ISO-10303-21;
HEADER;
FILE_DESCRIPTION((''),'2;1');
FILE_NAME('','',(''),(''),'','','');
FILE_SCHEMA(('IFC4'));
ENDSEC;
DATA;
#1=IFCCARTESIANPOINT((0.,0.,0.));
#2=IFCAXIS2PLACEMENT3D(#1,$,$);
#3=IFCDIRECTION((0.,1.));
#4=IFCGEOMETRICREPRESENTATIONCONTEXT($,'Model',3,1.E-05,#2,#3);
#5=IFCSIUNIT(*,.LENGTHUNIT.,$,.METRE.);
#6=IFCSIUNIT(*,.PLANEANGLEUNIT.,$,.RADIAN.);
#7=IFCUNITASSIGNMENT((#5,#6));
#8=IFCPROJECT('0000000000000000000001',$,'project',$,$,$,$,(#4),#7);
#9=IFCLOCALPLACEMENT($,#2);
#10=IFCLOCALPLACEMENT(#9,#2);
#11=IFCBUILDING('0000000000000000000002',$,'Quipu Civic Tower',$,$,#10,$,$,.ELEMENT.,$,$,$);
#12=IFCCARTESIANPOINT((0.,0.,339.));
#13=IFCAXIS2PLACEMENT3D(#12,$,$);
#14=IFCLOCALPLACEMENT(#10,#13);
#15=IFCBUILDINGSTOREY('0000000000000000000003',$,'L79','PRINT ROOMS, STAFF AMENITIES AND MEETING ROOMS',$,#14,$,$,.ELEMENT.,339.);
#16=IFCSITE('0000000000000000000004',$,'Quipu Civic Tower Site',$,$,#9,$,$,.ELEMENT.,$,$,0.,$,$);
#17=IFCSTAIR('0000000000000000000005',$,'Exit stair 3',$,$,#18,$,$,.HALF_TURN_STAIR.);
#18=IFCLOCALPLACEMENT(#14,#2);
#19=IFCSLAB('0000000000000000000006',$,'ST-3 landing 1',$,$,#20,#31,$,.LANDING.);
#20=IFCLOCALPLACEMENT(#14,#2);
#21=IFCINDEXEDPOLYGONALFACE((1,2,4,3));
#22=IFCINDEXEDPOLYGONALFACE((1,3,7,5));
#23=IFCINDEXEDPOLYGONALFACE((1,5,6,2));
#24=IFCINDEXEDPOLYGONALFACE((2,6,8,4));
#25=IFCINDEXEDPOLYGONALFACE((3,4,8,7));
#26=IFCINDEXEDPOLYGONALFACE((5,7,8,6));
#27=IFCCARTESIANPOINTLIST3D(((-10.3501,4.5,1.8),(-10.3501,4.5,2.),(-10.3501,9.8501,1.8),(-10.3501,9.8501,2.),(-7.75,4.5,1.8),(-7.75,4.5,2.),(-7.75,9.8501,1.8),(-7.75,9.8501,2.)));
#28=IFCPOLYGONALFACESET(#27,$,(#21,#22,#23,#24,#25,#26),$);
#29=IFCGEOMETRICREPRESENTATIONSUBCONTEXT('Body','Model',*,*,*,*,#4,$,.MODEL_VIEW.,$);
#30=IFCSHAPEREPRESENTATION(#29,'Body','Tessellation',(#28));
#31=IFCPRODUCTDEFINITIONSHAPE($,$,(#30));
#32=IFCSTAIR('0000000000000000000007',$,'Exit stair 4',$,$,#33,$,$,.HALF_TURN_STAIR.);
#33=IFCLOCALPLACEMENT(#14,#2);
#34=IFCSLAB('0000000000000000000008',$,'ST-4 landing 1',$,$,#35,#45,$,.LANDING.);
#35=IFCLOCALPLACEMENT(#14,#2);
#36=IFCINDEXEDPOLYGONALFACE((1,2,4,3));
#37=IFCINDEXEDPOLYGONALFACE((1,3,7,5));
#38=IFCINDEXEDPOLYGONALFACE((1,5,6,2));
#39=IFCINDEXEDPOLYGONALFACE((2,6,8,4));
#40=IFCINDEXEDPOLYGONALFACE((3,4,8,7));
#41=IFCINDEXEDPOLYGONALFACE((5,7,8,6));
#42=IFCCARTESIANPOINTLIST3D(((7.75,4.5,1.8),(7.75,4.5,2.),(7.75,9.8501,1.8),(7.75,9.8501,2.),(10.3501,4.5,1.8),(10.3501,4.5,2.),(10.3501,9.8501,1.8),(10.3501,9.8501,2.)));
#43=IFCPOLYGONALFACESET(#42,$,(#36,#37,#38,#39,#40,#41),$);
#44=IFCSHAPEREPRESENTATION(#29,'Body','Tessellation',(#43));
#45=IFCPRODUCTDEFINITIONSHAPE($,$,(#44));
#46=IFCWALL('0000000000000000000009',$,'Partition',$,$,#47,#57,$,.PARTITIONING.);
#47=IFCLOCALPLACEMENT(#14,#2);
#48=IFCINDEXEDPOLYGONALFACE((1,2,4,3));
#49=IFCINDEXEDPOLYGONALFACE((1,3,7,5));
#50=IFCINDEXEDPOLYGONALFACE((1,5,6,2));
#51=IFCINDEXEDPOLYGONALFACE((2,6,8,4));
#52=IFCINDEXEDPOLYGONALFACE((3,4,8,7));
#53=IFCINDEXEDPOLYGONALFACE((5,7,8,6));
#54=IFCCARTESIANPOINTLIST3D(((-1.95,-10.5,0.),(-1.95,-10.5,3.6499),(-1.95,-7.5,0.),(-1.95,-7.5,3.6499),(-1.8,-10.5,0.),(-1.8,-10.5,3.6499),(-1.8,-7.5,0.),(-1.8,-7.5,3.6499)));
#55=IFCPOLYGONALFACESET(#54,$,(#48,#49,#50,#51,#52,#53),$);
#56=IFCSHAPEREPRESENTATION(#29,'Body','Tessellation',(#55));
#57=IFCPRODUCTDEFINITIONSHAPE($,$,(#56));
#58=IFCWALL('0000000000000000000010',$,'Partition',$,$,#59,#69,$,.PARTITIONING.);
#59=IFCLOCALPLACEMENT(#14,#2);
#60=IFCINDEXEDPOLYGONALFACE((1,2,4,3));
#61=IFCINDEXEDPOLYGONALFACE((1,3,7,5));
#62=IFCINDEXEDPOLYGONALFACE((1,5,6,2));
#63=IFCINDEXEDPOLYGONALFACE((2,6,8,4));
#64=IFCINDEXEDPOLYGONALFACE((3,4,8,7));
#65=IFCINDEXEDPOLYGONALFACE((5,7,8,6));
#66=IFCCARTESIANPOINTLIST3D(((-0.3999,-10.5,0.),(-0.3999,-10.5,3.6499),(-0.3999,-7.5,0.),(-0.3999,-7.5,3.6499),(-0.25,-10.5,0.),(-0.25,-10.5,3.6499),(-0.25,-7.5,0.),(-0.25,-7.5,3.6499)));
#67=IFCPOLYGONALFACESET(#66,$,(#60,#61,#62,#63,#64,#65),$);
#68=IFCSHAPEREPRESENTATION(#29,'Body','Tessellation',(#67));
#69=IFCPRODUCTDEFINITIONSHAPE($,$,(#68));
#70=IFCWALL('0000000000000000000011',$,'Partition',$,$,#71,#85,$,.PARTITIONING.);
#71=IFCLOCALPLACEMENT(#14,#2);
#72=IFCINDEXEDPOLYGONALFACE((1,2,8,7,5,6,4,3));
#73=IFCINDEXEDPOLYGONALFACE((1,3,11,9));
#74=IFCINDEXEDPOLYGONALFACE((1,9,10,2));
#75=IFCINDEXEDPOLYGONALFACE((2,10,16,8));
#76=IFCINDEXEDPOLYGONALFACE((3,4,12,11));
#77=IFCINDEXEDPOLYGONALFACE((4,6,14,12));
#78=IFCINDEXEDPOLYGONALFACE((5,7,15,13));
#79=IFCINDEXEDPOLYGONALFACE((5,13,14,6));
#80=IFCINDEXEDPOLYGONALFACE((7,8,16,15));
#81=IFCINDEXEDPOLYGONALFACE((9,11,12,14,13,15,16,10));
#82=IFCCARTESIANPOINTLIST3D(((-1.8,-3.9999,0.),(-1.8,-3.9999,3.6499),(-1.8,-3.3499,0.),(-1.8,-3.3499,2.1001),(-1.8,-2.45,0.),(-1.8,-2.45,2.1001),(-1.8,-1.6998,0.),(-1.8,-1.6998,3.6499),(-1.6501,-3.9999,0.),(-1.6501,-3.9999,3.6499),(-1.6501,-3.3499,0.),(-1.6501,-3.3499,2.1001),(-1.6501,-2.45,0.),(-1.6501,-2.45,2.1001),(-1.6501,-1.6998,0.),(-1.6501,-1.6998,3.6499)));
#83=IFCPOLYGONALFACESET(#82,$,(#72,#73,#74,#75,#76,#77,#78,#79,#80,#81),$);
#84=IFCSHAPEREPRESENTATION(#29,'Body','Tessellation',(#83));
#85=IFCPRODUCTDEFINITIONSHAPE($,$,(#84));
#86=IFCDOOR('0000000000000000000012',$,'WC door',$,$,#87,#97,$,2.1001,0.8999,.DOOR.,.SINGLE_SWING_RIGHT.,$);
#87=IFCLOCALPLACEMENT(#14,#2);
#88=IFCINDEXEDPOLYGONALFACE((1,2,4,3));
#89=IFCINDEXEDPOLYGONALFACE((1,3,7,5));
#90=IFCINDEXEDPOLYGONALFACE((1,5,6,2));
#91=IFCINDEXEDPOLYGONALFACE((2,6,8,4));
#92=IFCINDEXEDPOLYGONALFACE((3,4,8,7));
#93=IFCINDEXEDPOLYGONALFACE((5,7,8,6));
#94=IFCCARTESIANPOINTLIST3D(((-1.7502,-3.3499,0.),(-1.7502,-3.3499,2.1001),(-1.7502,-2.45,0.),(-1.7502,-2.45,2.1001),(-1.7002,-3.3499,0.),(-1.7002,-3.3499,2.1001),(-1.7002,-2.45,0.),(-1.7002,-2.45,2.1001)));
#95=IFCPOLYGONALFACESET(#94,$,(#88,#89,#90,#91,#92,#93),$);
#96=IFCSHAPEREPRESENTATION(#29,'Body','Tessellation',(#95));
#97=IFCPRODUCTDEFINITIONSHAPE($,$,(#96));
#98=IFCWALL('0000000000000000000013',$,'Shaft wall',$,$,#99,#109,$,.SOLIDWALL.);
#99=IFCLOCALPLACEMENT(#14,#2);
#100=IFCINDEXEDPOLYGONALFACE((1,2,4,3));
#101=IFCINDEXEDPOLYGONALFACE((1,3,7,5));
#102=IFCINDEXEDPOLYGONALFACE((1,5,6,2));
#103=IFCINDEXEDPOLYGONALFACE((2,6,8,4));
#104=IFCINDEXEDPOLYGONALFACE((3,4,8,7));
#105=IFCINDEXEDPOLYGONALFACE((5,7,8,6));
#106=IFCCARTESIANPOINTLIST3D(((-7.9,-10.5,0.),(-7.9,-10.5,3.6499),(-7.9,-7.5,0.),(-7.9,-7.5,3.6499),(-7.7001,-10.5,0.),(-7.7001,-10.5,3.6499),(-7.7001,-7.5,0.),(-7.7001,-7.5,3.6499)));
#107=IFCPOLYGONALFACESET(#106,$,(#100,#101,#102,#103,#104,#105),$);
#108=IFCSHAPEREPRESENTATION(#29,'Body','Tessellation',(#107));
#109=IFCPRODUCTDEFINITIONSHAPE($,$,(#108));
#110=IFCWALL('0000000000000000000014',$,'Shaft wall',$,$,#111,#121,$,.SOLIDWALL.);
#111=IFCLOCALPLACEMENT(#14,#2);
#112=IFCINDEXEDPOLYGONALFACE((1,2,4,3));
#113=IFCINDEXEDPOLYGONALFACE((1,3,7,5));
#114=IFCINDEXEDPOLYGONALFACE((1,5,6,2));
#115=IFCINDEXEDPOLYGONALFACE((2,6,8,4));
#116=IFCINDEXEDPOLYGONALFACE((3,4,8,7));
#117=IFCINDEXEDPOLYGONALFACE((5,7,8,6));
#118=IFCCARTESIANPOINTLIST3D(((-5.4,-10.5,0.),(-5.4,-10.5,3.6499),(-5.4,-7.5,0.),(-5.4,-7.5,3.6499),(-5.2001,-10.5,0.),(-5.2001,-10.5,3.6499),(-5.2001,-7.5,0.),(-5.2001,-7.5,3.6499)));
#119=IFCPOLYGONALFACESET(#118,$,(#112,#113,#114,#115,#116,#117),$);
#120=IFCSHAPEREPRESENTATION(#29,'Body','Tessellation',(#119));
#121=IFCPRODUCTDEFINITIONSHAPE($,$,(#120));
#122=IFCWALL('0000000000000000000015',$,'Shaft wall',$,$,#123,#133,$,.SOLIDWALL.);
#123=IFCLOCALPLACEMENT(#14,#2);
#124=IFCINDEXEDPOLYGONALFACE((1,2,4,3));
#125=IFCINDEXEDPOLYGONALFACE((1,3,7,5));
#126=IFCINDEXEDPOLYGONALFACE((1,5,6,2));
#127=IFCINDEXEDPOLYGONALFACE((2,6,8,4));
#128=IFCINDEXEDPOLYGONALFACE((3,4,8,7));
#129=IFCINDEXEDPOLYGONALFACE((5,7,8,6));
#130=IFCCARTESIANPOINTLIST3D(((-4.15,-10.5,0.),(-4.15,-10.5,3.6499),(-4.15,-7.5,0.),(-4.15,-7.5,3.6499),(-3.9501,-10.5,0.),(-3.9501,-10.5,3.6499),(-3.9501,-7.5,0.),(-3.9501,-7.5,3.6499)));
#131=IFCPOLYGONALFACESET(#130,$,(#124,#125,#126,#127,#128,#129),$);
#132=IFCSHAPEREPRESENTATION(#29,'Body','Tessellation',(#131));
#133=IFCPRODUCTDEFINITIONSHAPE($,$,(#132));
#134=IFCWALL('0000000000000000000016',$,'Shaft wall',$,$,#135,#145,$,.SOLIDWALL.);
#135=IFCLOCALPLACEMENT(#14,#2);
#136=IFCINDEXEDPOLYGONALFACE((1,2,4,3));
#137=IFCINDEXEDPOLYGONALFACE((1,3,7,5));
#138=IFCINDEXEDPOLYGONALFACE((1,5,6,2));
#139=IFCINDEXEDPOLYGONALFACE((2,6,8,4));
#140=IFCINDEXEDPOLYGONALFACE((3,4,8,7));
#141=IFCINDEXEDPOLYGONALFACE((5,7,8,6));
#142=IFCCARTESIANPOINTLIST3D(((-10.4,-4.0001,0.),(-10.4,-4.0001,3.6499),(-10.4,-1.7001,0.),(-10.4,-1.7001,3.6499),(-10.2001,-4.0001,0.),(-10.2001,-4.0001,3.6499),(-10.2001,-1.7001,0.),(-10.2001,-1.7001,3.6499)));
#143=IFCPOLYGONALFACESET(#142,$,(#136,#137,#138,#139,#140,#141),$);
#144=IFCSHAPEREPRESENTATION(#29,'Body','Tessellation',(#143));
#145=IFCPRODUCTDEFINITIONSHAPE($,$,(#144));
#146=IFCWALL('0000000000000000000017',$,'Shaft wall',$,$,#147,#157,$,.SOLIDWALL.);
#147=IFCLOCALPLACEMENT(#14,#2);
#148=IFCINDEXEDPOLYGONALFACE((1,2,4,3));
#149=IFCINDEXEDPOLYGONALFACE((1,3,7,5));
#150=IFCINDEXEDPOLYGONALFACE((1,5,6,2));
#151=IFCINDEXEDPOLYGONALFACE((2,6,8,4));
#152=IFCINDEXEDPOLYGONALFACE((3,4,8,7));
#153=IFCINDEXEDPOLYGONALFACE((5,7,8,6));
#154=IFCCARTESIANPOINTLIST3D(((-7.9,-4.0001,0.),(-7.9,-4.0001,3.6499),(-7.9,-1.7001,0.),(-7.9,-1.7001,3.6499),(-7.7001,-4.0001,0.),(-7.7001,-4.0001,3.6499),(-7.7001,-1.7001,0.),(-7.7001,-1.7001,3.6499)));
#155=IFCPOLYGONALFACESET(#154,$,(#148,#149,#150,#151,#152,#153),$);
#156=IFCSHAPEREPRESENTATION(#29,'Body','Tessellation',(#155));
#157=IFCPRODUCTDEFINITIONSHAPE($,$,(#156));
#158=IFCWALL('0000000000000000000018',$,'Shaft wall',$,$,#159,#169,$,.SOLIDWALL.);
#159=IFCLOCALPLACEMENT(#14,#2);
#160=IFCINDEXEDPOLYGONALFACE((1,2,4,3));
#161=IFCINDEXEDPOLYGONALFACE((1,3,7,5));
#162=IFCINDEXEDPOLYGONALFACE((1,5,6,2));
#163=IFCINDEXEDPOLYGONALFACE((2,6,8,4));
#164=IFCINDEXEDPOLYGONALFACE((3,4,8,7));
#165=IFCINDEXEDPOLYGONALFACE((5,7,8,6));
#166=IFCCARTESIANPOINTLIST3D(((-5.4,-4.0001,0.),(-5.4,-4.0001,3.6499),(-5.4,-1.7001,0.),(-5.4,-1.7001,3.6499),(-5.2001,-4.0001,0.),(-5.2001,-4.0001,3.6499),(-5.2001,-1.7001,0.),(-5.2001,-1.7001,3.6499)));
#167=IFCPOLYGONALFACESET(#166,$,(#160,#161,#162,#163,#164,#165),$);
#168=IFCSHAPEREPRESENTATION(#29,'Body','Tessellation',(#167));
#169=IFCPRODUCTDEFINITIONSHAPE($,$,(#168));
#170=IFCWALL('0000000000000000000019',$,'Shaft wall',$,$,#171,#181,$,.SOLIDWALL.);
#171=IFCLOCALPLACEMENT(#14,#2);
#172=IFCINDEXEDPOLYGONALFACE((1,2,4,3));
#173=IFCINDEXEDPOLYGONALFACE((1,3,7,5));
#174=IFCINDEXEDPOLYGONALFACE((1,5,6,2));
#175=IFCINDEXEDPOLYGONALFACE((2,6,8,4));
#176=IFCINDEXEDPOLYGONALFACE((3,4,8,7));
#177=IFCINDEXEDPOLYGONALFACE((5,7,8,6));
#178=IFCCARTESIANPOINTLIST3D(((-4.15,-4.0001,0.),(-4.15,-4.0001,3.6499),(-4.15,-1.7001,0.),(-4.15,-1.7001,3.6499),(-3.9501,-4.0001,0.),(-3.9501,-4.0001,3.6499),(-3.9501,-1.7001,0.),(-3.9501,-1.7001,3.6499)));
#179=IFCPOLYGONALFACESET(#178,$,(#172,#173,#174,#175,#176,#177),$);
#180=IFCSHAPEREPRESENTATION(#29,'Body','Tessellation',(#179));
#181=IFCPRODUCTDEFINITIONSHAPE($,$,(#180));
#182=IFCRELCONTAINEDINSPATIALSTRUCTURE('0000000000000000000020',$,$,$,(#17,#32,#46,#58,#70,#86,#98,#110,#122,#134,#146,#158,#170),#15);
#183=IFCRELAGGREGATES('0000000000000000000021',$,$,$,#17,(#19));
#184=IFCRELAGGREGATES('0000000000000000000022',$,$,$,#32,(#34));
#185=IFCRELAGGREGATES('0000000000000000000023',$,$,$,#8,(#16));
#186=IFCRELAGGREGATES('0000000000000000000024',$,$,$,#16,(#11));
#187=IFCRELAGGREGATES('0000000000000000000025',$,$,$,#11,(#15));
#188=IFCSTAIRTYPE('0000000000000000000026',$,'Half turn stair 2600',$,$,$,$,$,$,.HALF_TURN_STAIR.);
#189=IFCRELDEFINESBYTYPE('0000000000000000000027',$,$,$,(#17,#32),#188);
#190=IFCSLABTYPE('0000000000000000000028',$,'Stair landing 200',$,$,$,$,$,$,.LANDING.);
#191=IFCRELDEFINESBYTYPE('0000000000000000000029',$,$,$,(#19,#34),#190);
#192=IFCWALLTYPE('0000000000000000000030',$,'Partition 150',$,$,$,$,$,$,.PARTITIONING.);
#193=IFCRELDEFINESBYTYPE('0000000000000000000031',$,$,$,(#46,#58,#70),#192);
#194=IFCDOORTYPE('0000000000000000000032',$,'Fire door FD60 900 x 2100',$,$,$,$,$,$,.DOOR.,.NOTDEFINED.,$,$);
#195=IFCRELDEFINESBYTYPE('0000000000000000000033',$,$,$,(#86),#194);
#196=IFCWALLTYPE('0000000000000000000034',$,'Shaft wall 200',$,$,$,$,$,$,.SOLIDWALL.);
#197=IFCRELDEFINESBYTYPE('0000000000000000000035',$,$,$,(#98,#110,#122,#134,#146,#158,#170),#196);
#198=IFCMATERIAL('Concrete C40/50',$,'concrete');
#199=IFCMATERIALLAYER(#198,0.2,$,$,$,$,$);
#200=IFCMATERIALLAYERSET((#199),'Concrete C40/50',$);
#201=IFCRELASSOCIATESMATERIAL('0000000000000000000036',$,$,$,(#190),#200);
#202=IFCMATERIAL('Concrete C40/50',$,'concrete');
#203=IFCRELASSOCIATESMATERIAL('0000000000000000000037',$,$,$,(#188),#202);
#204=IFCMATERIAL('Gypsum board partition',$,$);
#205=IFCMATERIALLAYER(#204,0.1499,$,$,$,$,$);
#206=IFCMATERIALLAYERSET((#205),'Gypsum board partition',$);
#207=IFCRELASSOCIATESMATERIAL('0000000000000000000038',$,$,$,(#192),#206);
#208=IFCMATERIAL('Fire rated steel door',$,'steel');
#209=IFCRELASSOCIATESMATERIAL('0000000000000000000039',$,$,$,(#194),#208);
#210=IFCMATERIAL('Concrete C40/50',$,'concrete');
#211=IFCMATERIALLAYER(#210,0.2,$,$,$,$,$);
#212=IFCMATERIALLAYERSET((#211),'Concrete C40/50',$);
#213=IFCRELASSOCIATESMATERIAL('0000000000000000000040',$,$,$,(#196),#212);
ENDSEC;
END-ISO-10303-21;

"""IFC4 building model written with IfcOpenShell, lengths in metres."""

from ifc_helpers import new_model, si_unit, direction, frame, frame_2d, origin, place, context, subcontext, project, spatial, polyline, rectangle, outline, extrude, material, layer, layer_set, type_object, element, fill, aggregate, save


model = new_model("IFC4")

# Units and contexts
model_context = context("Model", 3, precision=1e-05, world=origin(), true_north=direction((0.0, 1.0)))
body_context = subcontext(model_context, "Body", "Model", "MODEL_VIEW")
ifc_project = project(units=[si_unit("LENGTHUNIT", "METRE"), si_unit("PLANEANGLEUNIT", "RADIAN")], contexts=[model_context])

# Site, building, storey
site_placement = place(None, origin())
site = spatial("IfcSite", under=ifc_project, at=site_placement, Name="Quipu Civic Tower Site", CompositionType="ELEMENT", RefElevation=0.0)
building_placement = place(site_placement, origin())
building = spatial("IfcBuilding", under=site, at=building_placement, Name="Quipu Civic Tower", CompositionType="ELEMENT")
storey_placement = place(building_placement, frame((0.0, 0.0, 339.0)))
storey = spatial("IfcBuildingStorey", under=building, at=storey_placement, Name="L79", Description="PRINT ROOMS, STAFF AMENITIES AND MEETING ROOMS", CompositionType="ELEMENT", Elevation=339.0)

# Stairs, slabs
ifc_material_1 = material(Name="Concrete C40/50", Category="concrete")
ifc_layer_1 = layer(ifc_material_1, 0.2)
ifc_layer_set_1 = layer_set([ifc_layer_1], Name="Concrete C40/50")
slab_type_1 = type_object("IfcSlabType", Name="Stair landing 200", PredefinedType="LANDING", material=ifc_layer_set_1)
ifc_material_2 = material(Name="Concrete C40/50", Category="concrete")
stair_type_1 = type_object("IfcStairType", Name="Half turn stair 2600", PredefinedType="HALF_TURN_STAIR", material=ifc_material_2)
stair_1_placement = place(storey_placement, origin())
stair_1 = element("IfcStair", 1, at=stair_1_placement, inside=storey, type_object=stair_type_1, Name="Exit stair 3", PredefinedType="HALF_TURN_STAIR")
slab_1_placement = place(storey_placement, frame((0.0, 0.0, 1.8)))
slab_1 = element("IfcSlab", 2, at=slab_1_placement, type_object=slab_type_1, Name="ST-3 landing 1", PredefinedType="LANDING", context=body_context, shape_type="SweptSolid", body=[
    extrude(outline(polyline([(-10.3501, 4.5), (-7.75, 4.5), (-7.75, 9.8501), (-10.3501, 9.8501), (-10.3501, 4.5)])), origin(), (0.0, 0.0, 1.0), 0.2),
])
aggregate(stair_1, [slab_1])
stair_2_placement = place(storey_placement, origin())
stair_2 = element("IfcStair", 3, at=stair_2_placement, inside=storey, type_object=stair_type_1, Name="Exit stair 4", PredefinedType="HALF_TURN_STAIR")
slab_2_placement = place(storey_placement, frame((0.0, 0.0, 1.8)))
slab_2 = element("IfcSlab", 4, at=slab_2_placement, type_object=slab_type_1, Name="ST-4 landing 1", PredefinedType="LANDING", context=body_context, shape_type="SweptSolid", body=[
    extrude(outline(polyline([(10.3501, 9.8501), (7.75, 9.8501), (7.75, 4.5), (10.3501, 4.5), (10.3501, 9.8501)])), origin(), (0.0, 0.0, 1.0), 0.2),
])
aggregate(stair_2, [slab_2])

# Walls
ifc_material_3 = material(Name="Gypsum board partition")
ifc_layer_2 = layer(ifc_material_3, 0.1499)
ifc_layer_set_2 = layer_set([ifc_layer_2], Name="Gypsum board partition")
wall_type_1 = type_object("IfcWallType", Name="Partition 150", PredefinedType="PARTITIONING", material=ifc_layer_set_2)
for number, where, z_axis, x_axis, name in (
    (5, (-1.875, -10.5, 0.0), (0.0, 0.0, 1.0), (0.0, 1.0, 0.0), "Partition"),
    (6, (-0.325, -10.5, 0.0), (0.0, 0.0, 1.0), (0.0, 1.0, 0.0), "Partition"),
):
    element("IfcWall", number, at=place(storey_placement, frame(where, z_axis=z_axis, x_axis=x_axis)), inside=storey, type_object=wall_type_1, Name=name, PredefinedType="PARTITIONING", context=body_context, shape_type="SweptSolid", body=[
        extrude(rectangle(XDim=3.0, YDim=0.1499, at=frame_2d((1.5, 0.0))), origin(), (0.0, 0.0, 1.0), 3.6499),
    ])

# Wall, opening, door
wall_placement = place(storey_placement, frame((-1.7251, -1.7, 0.0), z_axis=(0.0, 0.0, 1.0), x_axis=(0.0, -1.0, 0.0)))
wall = element("IfcWall", 7, at=wall_placement, inside=storey, type_object=wall_type_1, Name="Partition", PredefinedType="PARTITIONING", context=body_context, shape_type="SweptSolid", body=[
    extrude(rectangle(XDim=2.3, YDim=0.1499, at=frame_2d((1.1499, 0.0))), origin(), (0.0, 0.0, 1.0), 3.6499),
])
opening_placement = place(wall_placement, frame((0.75, 0.0, 0.0)))
opening = element("IfcOpeningElement", 8, at=opening_placement, cuts=wall, PredefinedType="OPENING", context=body_context, shape_type="SweptSolid", body=[
    extrude(rectangle(XDim=0.8999, YDim=2.1001, at=frame_2d((0.45, 1.05))), frame((0.0, 0.085, 0.0), z_axis=(0.0, -1.0, 0.0), x_axis=(1.0, 0.0, 0.0)), (0.0, 0.0, 1.0), 0.1699),
])
ifc_material_4 = material(Name="Fire rated steel door", Category="steel")
door_type = type_object("IfcDoorType", Name="Fire door FD60 900 x 2100", OperationType="NOTDEFINED", PredefinedType="DOOR", material=ifc_material_4)
door_placement = place(opening_placement, origin())
door = element("IfcDoor", 9, at=door_placement, inside=storey, type_object=door_type, Name="WC door", OperationType="SINGLE_SWING_RIGHT", OverallHeight=2.1001, OverallWidth=0.8999, PredefinedType="DOOR", context=body_context, shape_type="SweptSolid", body=[
    extrude(rectangle(XDim=0.8999, YDim=2.1001, at=frame_2d((0.45, 1.05))), frame((0.0, 0.0249, 0.0), z_axis=(0.0, -1.0, 0.0), x_axis=(1.0, 0.0, 0.0)), (0.0, 0.0, 1.0), 0.05),
])
fill(opening, door)

# Walls
ifc_material_5 = material(Name="Concrete C40/50", Category="concrete")
ifc_layer_3 = layer(ifc_material_5, 0.2)
ifc_layer_set_3 = layer_set([ifc_layer_3], Name="Concrete C40/50")
wall_type_2 = type_object("IfcWallType", Name="Shaft wall 200", PredefinedType="SOLIDWALL", material=ifc_layer_set_3)
for number, where, z_axis, x_axis, name in (
    (10, (-7.8, -10.5, 0.0), (0.0, 0.0, 1.0), (0.0, 1.0, 0.0), "Shaft wall"),
    (11, (-5.3, -10.5, 0.0), (0.0, 0.0, 1.0), (0.0, 1.0, 0.0), "Shaft wall"),
    (12, (-4.05, -10.5, 0.0), (0.0, 0.0, 1.0), (0.0, 1.0, 0.0), "Shaft wall"),
):
    element("IfcWall", number, at=place(storey_placement, frame(where, z_axis=z_axis, x_axis=x_axis)), inside=storey, type_object=wall_type_2, Name=name, PredefinedType="SOLIDWALL", context=body_context, shape_type="SweptSolid", body=[
        extrude(rectangle(XDim=3.0, YDim=0.2, at=frame_2d((1.5, 0.0))), origin(), (0.0, 0.0, 1.0), 3.6499),
    ])
for number, where, z_axis, x_axis, name in (
    (13, (-10.3, -4.0, 0.0), (0.0, 0.0, 1.0), (0.0, 1.0, 0.0), "Shaft wall"),
    (14, (-7.8, -4.0, 0.0), (0.0, 0.0, 1.0), (0.0, 1.0, 0.0), "Shaft wall"),
    (15, (-5.3, -4.0, 0.0), (0.0, 0.0, 1.0), (0.0, 1.0, 0.0), "Shaft wall"),
    (16, (-4.05, -4.0, 0.0), (0.0, 0.0, 1.0), (0.0, 1.0, 0.0), "Shaft wall"),
):
    element("IfcWall", number, at=place(storey_placement, frame(where, z_axis=z_axis, x_axis=x_axis)), inside=storey, type_object=wall_type_2, Name=name, PredefinedType="SOLIDWALL", context=body_context, shape_type="SweptSolid", body=[
        extrude(rectangle(XDim=2.3, YDim=0.2, at=frame_2d((1.1499, 0.0))), origin(), (0.0, 0.0, 1.0), 3.6499),
    ])

save(model, "model.ifc")
